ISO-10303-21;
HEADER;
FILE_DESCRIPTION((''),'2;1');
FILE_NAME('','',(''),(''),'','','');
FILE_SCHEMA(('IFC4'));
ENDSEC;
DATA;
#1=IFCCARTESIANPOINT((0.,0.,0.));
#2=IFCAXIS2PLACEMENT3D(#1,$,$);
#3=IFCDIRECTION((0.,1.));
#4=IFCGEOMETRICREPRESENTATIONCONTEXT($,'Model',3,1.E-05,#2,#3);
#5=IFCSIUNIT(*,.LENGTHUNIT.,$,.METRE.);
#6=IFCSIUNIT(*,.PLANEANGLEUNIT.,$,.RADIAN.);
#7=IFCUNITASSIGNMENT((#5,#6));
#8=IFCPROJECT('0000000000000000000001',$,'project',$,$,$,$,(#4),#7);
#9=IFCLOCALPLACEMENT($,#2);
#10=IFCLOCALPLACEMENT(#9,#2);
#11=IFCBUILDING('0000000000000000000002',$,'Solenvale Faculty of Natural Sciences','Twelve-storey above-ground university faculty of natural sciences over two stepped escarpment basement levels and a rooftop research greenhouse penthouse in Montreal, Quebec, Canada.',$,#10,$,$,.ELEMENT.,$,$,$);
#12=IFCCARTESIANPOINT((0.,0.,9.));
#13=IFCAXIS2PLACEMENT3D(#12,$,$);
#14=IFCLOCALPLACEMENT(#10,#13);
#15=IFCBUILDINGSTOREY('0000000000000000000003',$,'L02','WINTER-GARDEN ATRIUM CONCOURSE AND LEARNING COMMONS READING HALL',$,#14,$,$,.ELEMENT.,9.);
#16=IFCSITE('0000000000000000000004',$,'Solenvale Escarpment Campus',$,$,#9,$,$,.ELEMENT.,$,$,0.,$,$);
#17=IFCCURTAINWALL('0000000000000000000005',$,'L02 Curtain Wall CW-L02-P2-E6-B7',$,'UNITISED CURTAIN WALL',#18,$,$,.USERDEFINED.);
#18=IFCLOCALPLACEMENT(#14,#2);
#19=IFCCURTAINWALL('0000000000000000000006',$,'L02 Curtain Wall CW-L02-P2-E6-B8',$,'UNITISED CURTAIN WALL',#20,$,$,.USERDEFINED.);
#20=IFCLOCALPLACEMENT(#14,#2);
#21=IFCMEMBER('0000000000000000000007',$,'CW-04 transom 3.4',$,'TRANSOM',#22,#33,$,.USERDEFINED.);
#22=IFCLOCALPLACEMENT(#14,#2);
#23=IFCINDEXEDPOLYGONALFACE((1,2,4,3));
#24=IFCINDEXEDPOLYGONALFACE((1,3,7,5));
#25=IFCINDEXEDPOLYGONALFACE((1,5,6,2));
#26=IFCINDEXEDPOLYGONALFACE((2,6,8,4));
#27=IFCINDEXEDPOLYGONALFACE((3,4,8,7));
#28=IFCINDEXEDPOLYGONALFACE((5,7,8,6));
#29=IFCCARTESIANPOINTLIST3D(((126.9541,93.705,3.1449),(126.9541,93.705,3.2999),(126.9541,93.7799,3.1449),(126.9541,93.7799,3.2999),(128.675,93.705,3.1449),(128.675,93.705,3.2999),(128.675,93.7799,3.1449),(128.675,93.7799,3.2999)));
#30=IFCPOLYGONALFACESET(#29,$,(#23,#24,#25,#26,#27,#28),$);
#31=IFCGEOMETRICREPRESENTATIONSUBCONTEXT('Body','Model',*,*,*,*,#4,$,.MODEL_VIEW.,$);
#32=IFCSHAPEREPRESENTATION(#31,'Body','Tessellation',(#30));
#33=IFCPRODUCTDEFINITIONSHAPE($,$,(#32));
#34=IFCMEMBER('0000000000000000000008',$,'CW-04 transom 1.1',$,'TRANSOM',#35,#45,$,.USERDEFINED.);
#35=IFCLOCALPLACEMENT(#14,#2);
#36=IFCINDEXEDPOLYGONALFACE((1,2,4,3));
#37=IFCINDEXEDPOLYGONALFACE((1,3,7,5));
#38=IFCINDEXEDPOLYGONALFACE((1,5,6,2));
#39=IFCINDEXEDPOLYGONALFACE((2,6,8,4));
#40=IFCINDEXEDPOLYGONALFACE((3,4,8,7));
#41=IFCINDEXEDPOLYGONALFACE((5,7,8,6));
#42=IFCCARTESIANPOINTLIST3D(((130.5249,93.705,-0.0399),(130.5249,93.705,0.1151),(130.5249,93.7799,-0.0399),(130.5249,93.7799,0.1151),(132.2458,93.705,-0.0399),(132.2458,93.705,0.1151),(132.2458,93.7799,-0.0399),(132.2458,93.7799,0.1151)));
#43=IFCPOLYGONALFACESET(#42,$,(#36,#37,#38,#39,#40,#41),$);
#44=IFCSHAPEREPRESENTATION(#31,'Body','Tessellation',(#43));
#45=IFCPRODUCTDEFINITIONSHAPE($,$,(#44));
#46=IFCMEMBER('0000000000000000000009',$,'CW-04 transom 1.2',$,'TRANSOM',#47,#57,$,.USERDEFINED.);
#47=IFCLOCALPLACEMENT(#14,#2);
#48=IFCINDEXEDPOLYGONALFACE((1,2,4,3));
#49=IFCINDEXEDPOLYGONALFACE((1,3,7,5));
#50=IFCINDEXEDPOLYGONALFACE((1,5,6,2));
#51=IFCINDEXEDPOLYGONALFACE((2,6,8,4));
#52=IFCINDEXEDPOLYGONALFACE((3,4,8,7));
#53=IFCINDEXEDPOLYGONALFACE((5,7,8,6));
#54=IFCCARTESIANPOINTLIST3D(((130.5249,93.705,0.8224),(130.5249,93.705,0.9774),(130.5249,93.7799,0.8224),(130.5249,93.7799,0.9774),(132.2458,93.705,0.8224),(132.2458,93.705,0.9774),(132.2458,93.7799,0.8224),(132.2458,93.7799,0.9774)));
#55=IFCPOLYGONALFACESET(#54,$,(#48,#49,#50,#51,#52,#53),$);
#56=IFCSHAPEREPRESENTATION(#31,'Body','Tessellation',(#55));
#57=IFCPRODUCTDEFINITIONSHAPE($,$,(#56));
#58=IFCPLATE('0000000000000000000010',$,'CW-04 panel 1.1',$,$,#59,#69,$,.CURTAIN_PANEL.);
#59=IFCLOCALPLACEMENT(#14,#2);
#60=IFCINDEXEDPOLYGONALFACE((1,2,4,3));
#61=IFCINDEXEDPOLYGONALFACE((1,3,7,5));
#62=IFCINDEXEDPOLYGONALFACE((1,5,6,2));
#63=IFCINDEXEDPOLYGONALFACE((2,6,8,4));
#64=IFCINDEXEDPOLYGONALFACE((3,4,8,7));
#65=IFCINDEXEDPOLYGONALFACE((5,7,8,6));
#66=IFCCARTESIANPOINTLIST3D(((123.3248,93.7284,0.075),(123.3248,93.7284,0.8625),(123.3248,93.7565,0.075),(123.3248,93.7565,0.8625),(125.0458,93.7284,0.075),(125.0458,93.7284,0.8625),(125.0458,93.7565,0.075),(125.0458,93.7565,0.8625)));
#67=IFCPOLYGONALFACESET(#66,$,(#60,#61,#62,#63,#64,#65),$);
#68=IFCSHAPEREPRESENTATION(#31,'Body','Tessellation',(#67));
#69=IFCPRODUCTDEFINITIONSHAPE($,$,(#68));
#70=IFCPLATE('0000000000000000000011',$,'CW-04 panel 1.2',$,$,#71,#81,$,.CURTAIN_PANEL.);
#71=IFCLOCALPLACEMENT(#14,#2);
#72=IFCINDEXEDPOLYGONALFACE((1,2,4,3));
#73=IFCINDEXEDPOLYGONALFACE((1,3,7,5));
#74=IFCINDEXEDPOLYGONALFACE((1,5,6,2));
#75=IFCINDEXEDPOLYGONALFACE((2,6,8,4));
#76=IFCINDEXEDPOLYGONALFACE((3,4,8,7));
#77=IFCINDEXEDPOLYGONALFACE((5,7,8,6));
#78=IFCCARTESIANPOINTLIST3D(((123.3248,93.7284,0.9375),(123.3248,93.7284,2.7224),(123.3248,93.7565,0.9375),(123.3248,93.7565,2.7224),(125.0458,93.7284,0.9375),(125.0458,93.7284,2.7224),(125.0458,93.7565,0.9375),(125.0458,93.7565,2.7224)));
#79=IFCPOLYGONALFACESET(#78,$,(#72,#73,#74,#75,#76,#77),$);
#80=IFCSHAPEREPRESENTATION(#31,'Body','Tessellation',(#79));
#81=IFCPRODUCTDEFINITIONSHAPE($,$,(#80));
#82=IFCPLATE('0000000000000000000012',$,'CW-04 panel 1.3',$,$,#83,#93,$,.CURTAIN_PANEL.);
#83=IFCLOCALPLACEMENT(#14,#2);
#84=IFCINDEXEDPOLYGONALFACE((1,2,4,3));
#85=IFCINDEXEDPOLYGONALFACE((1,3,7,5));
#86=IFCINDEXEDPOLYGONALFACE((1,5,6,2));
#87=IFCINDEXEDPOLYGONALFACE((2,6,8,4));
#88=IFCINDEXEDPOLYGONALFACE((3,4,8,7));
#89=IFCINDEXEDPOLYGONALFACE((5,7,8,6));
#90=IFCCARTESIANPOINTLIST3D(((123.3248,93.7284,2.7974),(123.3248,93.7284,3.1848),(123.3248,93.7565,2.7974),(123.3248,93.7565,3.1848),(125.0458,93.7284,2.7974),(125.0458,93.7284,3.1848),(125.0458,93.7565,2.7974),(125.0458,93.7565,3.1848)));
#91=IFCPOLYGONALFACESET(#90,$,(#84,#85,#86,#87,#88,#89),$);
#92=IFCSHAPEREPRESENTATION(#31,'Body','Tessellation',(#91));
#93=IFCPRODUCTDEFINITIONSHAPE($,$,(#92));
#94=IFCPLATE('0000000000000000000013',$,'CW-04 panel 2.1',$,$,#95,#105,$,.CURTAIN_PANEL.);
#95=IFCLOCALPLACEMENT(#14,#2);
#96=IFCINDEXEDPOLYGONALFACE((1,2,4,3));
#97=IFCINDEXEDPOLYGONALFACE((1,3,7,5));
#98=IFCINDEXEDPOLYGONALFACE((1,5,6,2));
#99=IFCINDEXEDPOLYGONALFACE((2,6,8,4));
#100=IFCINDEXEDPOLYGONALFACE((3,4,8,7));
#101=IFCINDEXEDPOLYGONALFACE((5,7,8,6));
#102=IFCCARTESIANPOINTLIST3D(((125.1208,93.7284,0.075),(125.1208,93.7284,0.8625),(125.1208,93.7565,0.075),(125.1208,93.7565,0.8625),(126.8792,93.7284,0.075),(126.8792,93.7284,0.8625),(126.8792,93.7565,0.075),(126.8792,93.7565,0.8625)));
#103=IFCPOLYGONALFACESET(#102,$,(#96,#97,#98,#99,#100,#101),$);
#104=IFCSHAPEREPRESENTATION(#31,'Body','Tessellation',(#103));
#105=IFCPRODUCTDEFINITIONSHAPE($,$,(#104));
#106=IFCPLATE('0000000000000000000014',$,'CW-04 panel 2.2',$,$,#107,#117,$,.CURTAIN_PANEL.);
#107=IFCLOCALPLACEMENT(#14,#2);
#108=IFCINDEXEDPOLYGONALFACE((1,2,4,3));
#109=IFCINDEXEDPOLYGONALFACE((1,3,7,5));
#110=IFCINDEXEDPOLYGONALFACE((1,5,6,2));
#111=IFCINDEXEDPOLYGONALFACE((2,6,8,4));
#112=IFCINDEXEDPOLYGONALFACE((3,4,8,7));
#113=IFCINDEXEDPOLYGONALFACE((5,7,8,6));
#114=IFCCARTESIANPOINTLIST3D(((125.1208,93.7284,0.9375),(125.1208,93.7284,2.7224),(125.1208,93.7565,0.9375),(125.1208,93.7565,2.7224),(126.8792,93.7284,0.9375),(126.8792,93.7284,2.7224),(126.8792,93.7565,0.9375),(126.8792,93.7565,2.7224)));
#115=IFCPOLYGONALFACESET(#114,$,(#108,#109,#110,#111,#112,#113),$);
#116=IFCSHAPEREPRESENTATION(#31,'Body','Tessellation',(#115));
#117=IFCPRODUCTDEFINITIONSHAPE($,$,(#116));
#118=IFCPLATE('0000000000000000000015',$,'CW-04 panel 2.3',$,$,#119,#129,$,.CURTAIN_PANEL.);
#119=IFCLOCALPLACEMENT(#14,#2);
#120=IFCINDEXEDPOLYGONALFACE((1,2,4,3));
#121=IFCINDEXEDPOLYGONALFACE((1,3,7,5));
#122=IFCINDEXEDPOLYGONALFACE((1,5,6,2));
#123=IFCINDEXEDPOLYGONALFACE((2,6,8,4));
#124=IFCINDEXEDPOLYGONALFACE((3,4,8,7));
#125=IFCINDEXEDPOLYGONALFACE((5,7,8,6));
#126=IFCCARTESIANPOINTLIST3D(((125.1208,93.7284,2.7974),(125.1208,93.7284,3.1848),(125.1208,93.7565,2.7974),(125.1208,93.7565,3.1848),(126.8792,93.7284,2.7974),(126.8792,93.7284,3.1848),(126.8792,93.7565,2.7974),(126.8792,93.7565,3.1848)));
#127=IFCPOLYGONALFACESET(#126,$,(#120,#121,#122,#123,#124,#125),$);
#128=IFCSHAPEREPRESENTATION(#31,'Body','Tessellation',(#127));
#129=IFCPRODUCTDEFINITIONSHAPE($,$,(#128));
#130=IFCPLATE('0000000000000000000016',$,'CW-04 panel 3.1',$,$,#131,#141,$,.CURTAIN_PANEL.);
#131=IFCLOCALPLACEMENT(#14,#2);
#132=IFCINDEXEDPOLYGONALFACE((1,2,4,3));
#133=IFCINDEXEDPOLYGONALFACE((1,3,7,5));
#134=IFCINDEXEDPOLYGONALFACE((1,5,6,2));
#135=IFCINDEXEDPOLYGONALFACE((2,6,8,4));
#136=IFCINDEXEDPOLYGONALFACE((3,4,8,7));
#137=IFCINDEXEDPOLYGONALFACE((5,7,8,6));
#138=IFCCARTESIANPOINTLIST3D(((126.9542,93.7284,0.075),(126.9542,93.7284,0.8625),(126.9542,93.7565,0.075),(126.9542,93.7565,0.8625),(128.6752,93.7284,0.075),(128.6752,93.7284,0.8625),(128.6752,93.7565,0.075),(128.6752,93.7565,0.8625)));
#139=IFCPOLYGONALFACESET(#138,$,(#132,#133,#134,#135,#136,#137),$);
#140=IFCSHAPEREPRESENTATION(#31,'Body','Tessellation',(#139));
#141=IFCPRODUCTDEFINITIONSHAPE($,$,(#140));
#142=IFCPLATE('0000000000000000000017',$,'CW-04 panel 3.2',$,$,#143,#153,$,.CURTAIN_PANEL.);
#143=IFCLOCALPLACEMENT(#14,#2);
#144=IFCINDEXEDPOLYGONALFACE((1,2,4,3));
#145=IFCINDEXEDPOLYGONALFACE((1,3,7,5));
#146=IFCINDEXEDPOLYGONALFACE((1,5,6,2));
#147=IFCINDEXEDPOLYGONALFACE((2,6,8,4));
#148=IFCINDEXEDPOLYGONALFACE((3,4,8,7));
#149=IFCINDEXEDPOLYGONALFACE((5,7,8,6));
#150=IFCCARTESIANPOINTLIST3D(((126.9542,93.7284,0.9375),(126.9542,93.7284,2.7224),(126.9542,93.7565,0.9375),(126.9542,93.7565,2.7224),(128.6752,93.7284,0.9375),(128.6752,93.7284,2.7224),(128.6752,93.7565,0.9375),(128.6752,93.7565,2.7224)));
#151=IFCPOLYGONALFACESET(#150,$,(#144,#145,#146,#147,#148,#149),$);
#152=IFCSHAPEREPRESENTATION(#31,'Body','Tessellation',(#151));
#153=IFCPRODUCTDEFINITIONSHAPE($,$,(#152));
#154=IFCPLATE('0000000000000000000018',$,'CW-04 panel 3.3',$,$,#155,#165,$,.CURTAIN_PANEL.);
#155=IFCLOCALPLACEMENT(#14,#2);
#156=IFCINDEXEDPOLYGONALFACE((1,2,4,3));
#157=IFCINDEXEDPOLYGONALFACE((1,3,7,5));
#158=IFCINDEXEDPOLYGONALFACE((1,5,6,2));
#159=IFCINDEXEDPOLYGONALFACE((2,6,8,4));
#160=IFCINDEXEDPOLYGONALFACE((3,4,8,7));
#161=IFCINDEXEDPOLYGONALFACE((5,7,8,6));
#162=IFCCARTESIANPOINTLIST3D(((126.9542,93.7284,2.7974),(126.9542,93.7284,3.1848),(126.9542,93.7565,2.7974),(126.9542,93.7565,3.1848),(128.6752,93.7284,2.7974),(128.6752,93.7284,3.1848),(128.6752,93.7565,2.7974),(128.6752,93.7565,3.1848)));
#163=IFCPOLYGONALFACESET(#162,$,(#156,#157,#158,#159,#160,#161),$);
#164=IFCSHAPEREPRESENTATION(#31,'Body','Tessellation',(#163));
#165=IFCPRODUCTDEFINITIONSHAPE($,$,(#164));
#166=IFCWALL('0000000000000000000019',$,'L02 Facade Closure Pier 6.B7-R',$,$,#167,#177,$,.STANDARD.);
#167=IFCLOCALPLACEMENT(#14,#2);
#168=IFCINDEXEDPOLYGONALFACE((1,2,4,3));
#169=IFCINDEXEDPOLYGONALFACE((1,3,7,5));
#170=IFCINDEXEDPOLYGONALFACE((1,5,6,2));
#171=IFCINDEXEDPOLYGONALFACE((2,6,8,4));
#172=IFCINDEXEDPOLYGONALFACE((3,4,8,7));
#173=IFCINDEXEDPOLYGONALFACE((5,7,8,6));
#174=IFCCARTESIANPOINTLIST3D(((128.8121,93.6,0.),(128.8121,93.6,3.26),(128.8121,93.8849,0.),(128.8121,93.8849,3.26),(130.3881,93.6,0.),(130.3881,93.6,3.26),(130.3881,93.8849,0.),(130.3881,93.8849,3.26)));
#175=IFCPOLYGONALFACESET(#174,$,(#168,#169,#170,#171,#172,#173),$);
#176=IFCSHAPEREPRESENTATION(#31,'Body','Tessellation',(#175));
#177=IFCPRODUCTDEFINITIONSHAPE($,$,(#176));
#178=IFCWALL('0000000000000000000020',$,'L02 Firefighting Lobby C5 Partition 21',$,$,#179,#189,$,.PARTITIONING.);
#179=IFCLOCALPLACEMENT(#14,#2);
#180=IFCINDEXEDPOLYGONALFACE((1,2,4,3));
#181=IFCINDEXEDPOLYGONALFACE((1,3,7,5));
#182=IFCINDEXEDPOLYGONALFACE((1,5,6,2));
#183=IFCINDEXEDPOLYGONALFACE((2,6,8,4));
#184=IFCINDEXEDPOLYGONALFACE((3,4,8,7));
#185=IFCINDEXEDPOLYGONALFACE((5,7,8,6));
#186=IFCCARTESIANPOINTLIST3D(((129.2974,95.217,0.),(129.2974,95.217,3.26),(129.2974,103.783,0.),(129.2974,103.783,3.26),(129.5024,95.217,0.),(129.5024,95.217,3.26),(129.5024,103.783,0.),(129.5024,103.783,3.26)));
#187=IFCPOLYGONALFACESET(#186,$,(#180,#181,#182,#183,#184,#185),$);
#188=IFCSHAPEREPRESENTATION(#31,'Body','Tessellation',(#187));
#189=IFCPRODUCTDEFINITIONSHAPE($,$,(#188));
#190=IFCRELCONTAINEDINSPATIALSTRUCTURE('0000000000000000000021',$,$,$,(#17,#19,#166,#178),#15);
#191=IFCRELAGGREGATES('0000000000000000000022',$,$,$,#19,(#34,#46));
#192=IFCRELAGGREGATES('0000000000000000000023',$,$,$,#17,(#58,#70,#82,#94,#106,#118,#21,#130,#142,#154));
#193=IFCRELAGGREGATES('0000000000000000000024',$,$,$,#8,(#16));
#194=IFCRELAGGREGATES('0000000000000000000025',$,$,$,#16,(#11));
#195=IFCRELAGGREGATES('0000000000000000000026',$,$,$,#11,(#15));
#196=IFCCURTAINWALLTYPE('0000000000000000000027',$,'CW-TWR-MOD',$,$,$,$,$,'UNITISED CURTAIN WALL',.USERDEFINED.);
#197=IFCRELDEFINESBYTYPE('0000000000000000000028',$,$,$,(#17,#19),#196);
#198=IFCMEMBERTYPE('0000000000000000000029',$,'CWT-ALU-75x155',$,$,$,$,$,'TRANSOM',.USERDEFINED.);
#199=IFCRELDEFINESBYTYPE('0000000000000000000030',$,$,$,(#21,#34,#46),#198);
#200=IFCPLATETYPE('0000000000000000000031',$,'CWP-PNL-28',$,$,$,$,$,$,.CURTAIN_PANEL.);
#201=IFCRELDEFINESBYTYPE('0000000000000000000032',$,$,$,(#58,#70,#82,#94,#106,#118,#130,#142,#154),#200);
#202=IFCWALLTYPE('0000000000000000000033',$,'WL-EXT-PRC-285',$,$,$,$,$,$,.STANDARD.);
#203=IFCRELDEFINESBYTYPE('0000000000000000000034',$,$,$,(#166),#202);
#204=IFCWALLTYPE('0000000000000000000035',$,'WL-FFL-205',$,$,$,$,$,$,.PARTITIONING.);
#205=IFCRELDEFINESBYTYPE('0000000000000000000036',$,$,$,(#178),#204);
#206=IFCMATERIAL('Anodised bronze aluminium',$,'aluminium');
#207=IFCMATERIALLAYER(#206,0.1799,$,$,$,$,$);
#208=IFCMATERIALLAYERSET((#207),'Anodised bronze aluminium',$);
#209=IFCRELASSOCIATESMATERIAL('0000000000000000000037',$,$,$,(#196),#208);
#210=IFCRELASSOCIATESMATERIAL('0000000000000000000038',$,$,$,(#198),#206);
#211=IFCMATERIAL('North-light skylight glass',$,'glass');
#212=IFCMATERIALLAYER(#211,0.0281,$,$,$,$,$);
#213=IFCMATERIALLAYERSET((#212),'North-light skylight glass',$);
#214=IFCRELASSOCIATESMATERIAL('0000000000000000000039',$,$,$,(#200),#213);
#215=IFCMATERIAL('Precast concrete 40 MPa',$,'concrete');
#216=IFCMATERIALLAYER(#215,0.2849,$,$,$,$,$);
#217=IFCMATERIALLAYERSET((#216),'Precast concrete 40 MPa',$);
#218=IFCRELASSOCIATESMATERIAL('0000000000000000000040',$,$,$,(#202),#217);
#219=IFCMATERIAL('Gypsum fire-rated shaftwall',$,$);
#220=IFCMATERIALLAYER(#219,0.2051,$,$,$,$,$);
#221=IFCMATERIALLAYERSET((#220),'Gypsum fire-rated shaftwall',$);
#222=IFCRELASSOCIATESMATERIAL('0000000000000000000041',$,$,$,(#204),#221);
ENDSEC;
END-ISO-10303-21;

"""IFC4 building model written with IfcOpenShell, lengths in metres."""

from ifc_helpers import new_model, si_unit, direction, frame, frame_2d, origin, origin_2d, place, context, subcontext, project, spatial, rectangle, extrude, material, layer, layer_set, material_profile, profile_set, type_object, element, aggregate, save


model = new_model("IFC4")

# Units and contexts
model_context = context("Model", 3, precision=1e-05, world=origin(), true_north=direction((0.0, 1.0)))
body_context = subcontext(model_context, "Body", "Model", "MODEL_VIEW")
ifc_project = project(units=[si_unit("LENGTHUNIT", "METRE"), si_unit("PLANEANGLEUNIT", "RADIAN")], contexts=[model_context])

# Site, building, storey
site_placement = place(None, origin())
site = spatial("IfcSite", under=ifc_project, at=site_placement, Name="Solenvale Escarpment Campus", CompositionType="ELEMENT", RefElevation=0.0)
building_placement = place(site_placement, origin())
building = spatial("IfcBuilding", under=site, at=building_placement, Name="Solenvale Faculty of Natural Sciences", Description="Twelve-storey above-ground university faculty of natural sciences over two stepped escarpment basement levels and a rooftop research greenhouse penthouse in Montreal, Quebec, Canada.", CompositionType="ELEMENT")
storey_placement = place(building_placement, frame((0.0, 0.0, 9.0)))
storey = spatial("IfcBuildingStorey", under=building, at=storey_placement, Name="L02", Description="WINTER-GARDEN ATRIUM CONCOURSE AND LEARNING COMMONS READING HALL", CompositionType="ELEMENT", Elevation=9.0)

# Curtain wall
ifc_material_1 = material(Name="Anodised bronze aluminium", Category="aluminium")
ifc_layer_1 = layer(ifc_material_1, 0.1799)
ifc_layer_set_1 = layer_set([ifc_layer_1], Name="Anodised bronze aluminium")
curtain_wall_type = type_object("IfcCurtainWallType", Name="CW-TWR-MOD", ElementType="UNITISED CURTAIN WALL", PredefinedType="USERDEFINED", material=ifc_layer_set_1)
curtain_wall_1_placement = place(storey_placement, origin())
curtain_wall_1 = element("IfcCurtainWall", 1, at=curtain_wall_1_placement, inside=storey, type_object=curtain_wall_type, Name="L02 Curtain Wall CW-L02-P2-E6-B7", ObjectType="UNITISED CURTAIN WALL", PredefinedType="USERDEFINED")

# Curtain wall
curtain_wall_2_placement = place(storey_placement, origin())
curtain_wall_2 = element("IfcCurtainWall", 2, at=curtain_wall_2_placement, inside=storey, type_object=curtain_wall_type, Name="L02 Curtain Wall CW-L02-P2-E6-B8", ObjectType="UNITISED CURTAIN WALL", PredefinedType="USERDEFINED")

# Members
ifc_material_profile_1 = material_profile(ifc_material_1, rectangle(XDim=0.075, YDim=0.155, at=origin_2d()), Name="ALU-TRN-75x155")
ifc_profile_set_1 = profile_set([ifc_material_profile_1], Name="Anodised bronze aluminium")
member_type_1 = type_object("IfcMemberType", Name="CWT-ALU-75x155", ElementType="TRANSOM", PredefinedType="USERDEFINED", material=ifc_profile_set_1)
member_1_placement = place(storey_placement, frame((126.9541, 93.7424, 3.2224), z_axis=(1.0, 0.0, 0.0), x_axis=(0.0, 1.0, 0.0)))
member_1 = element("IfcMember", 3, at=member_1_placement, type_object=member_type_1, Name="CW-04 transom 3.4", ObjectType="TRANSOM", PredefinedType="USERDEFINED", context=body_context, shape_type="SweptSolid", body=[
    extrude(rectangle(XDim=0.075, YDim=0.155, at=origin_2d()), origin(), (0.0, 0.0, 1.0), 1.7209),
])
member_2_placement = place(storey_placement, frame((130.5249, 93.7424, 0.0376), z_axis=(1.0, 0.0, 0.0), x_axis=(0.0, 1.0, 0.0)))
member_2 = element("IfcMember", 4, at=member_2_placement, type_object=member_type_1, Name="CW-04 transom 1.1", ObjectType="TRANSOM", PredefinedType="USERDEFINED", context=body_context, shape_type="SweptSolid", body=[
    extrude(rectangle(XDim=0.075, YDim=0.155, at=origin_2d()), origin(), (0.0, 0.0, 1.0), 1.7209),
])
member_3_placement = place(storey_placement, frame((130.5249, 93.7424, 0.8999), z_axis=(1.0, 0.0, 0.0), x_axis=(0.0, 1.0, 0.0)))
member_3 = element("IfcMember", 5, at=member_3_placement, type_object=member_type_1, Name="CW-04 transom 1.2", ObjectType="TRANSOM", PredefinedType="USERDEFINED", context=body_context, shape_type="SweptSolid", body=[
    extrude(rectangle(XDim=0.075, YDim=0.155, at=origin_2d()), origin(), (0.0, 0.0, 1.0), 1.7209),
])
aggregate(curtain_wall_2, [member_2, member_3])

# Plates
ifc_material_2 = material(Name="North-light skylight glass", Category="glass")
ifc_layer_2 = layer(ifc_material_2, 0.0281)
ifc_layer_set_2 = layer_set([ifc_layer_2], Name="North-light skylight glass")
plate_type = type_object("IfcPlateType", Name="CWP-PNL-28", PredefinedType="CURTAIN_PANEL", material=ifc_layer_set_2)
plate_1_placement = place(storey_placement, frame((124.1853, 93.7424, 0.075), z_axis=(0.0, 0.0, 1.0), x_axis=(1.0, 0.0, 0.0)))
plate_1 = element("IfcPlate", 6, at=plate_1_placement, type_object=plate_type, Name="CW-04 panel 1.1", PredefinedType="CURTAIN_PANEL", context=body_context, shape_type="SweptSolid", body=[
    extrude(rectangle(XDim=1.7209, YDim=0.0281, at=origin_2d()), origin(), (0.0, 0.0, 1.0), 0.7876),
])
plate_2_placement = place(storey_placement, frame((124.1853, 93.7424, 0.9375), z_axis=(0.0, 0.0, 1.0), x_axis=(1.0, 0.0, 0.0)))
plate_2 = element("IfcPlate", 7, at=plate_2_placement, type_object=plate_type, Name="CW-04 panel 1.2", PredefinedType="CURTAIN_PANEL", context=body_context, shape_type="SweptSolid", body=[
    extrude(rectangle(XDim=1.7209, YDim=0.0281, at=origin_2d()), origin(), (0.0, 0.0, 1.0), 1.7849),
])
plate_3_placement = place(storey_placement, frame((124.1853, 93.7424, 2.7974), z_axis=(0.0, 0.0, 1.0), x_axis=(1.0, 0.0, 0.0)))
plate_3 = element("IfcPlate", 8, at=plate_3_placement, type_object=plate_type, Name="CW-04 panel 1.3", PredefinedType="CURTAIN_PANEL", context=body_context, shape_type="SweptSolid", body=[
    extrude(rectangle(XDim=1.7209, YDim=0.0281, at=origin_2d()), origin(), (0.0, 0.0, 1.0), 0.3875),
])
plate_4_placement = place(storey_placement, frame((126.0, 93.7424, 0.075), z_axis=(0.0, 0.0, 1.0), x_axis=(1.0, 0.0, 0.0)))
plate_4 = element("IfcPlate", 9, at=plate_4_placement, type_object=plate_type, Name="CW-04 panel 2.1", PredefinedType="CURTAIN_PANEL", context=body_context, shape_type="SweptSolid", body=[
    extrude(rectangle(XDim=1.7583, YDim=0.0281, at=origin_2d()), origin(), (0.0, 0.0, 1.0), 0.7876),
])
plate_5_placement = place(storey_placement, frame((126.0, 93.7424, 0.9375), z_axis=(0.0, 0.0, 1.0), x_axis=(1.0, 0.0, 0.0)))
plate_5 = element("IfcPlate", 10, at=plate_5_placement, type_object=plate_type, Name="CW-04 panel 2.2", PredefinedType="CURTAIN_PANEL", context=body_context, shape_type="SweptSolid", body=[
    extrude(rectangle(XDim=1.7583, YDim=0.0281, at=origin_2d()), origin(), (0.0, 0.0, 1.0), 1.7849),
])
plate_6_placement = place(storey_placement, frame((126.0, 93.7424, 2.7974), z_axis=(0.0, 0.0, 1.0), x_axis=(1.0, 0.0, 0.0)))
plate_6 = element("IfcPlate", 11, at=plate_6_placement, type_object=plate_type, Name="CW-04 panel 2.3", PredefinedType="CURTAIN_PANEL", context=body_context, shape_type="SweptSolid", body=[
    extrude(rectangle(XDim=1.7583, YDim=0.0281, at=origin_2d()), origin(), (0.0, 0.0, 1.0), 0.3875),
])
plate_7_placement = place(storey_placement, frame((127.8147, 93.7424, 0.075), z_axis=(0.0, 0.0, 1.0), x_axis=(1.0, 0.0, 0.0)))
plate_7 = element("IfcPlate", 12, at=plate_7_placement, type_object=plate_type, Name="CW-04 panel 3.1", PredefinedType="CURTAIN_PANEL", context=body_context, shape_type="SweptSolid", body=[
    extrude(rectangle(XDim=1.7209, YDim=0.0281, at=origin_2d()), origin(), (0.0, 0.0, 1.0), 0.7876),
])
plate_8_placement = place(storey_placement, frame((127.8147, 93.7424, 0.9375), z_axis=(0.0, 0.0, 1.0), x_axis=(1.0, 0.0, 0.0)))
plate_8 = element("IfcPlate", 13, at=plate_8_placement, type_object=plate_type, Name="CW-04 panel 3.2", PredefinedType="CURTAIN_PANEL", context=body_context, shape_type="SweptSolid", body=[
    extrude(rectangle(XDim=1.7209, YDim=0.0281, at=origin_2d()), origin(), (0.0, 0.0, 1.0), 1.7849),
])
plate_9_placement = place(storey_placement, frame((127.8147, 93.7424, 2.7974), z_axis=(0.0, 0.0, 1.0), x_axis=(1.0, 0.0, 0.0)))
plate_9 = element("IfcPlate", 14, at=plate_9_placement, type_object=plate_type, Name="CW-04 panel 3.3", PredefinedType="CURTAIN_PANEL", context=body_context, shape_type="SweptSolid", body=[
    extrude(rectangle(XDim=1.7209, YDim=0.0281, at=origin_2d()), origin(), (0.0, 0.0, 1.0), 0.3875),
])
aggregate(curtain_wall_1, [plate_1, plate_2, plate_3, plate_4, plate_5, plate_6, member_1, plate_7, plate_8, plate_9])

# Walls
ifc_material_3 = material(Name="Precast concrete 40 MPa", Category="concrete")
ifc_layer_3 = layer(ifc_material_3, 0.2849)
ifc_layer_set_3 = layer_set([ifc_layer_3], Name="Precast concrete 40 MPa")
wall_type_1 = type_object("IfcWallType", Name="WL-EXT-PRC-285", PredefinedType="STANDARD", material=ifc_layer_set_3)
wall_1_placement = place(storey_placement, frame((128.812, 93.7424, 0.0), z_axis=(0.0, 0.0, 1.0), x_axis=(1.0, 0.0, 0.0)))
element("IfcWall", 15, at=wall_1_placement, inside=storey, type_object=wall_type_1, Name="L02 Facade Closure Pier 6.B7-R", PredefinedType="STANDARD", context=body_context, shape_type="SweptSolid", body=[
    extrude(rectangle(XDim=1.5759, YDim=0.2849, at=frame_2d((0.7881, 0.0))), origin(), (0.0, 0.0, 1.0), 3.26),
])
ifc_material_4 = material(Name="Gypsum fire-rated shaftwall")
ifc_layer_4 = layer(ifc_material_4, 0.2051)
ifc_layer_set_4 = layer_set([ifc_layer_4], Name="Gypsum fire-rated shaftwall")
wall_type_2 = type_object("IfcWallType", Name="WL-FFL-205", PredefinedType="PARTITIONING", material=ifc_layer_set_4)
wall_2_placement = place(storey_placement, frame((129.3999, 95.217, 0.0), z_axis=(0.0, 0.0, 1.0), x_axis=(0.0, 1.0, 0.0)))
element("IfcWall", 16, at=wall_2_placement, inside=storey, type_object=wall_type_2, Name="L02 Firefighting Lobby C5 Partition 21", PredefinedType="PARTITIONING", context=body_context, shape_type="SweptSolid", body=[
    extrude(rectangle(XDim=8.5659, YDim=0.2051, at=frame_2d((4.283, 0.0))), origin(), (0.0, 0.0, 1.0), 3.26),
])

save(model, "model.ifc")
